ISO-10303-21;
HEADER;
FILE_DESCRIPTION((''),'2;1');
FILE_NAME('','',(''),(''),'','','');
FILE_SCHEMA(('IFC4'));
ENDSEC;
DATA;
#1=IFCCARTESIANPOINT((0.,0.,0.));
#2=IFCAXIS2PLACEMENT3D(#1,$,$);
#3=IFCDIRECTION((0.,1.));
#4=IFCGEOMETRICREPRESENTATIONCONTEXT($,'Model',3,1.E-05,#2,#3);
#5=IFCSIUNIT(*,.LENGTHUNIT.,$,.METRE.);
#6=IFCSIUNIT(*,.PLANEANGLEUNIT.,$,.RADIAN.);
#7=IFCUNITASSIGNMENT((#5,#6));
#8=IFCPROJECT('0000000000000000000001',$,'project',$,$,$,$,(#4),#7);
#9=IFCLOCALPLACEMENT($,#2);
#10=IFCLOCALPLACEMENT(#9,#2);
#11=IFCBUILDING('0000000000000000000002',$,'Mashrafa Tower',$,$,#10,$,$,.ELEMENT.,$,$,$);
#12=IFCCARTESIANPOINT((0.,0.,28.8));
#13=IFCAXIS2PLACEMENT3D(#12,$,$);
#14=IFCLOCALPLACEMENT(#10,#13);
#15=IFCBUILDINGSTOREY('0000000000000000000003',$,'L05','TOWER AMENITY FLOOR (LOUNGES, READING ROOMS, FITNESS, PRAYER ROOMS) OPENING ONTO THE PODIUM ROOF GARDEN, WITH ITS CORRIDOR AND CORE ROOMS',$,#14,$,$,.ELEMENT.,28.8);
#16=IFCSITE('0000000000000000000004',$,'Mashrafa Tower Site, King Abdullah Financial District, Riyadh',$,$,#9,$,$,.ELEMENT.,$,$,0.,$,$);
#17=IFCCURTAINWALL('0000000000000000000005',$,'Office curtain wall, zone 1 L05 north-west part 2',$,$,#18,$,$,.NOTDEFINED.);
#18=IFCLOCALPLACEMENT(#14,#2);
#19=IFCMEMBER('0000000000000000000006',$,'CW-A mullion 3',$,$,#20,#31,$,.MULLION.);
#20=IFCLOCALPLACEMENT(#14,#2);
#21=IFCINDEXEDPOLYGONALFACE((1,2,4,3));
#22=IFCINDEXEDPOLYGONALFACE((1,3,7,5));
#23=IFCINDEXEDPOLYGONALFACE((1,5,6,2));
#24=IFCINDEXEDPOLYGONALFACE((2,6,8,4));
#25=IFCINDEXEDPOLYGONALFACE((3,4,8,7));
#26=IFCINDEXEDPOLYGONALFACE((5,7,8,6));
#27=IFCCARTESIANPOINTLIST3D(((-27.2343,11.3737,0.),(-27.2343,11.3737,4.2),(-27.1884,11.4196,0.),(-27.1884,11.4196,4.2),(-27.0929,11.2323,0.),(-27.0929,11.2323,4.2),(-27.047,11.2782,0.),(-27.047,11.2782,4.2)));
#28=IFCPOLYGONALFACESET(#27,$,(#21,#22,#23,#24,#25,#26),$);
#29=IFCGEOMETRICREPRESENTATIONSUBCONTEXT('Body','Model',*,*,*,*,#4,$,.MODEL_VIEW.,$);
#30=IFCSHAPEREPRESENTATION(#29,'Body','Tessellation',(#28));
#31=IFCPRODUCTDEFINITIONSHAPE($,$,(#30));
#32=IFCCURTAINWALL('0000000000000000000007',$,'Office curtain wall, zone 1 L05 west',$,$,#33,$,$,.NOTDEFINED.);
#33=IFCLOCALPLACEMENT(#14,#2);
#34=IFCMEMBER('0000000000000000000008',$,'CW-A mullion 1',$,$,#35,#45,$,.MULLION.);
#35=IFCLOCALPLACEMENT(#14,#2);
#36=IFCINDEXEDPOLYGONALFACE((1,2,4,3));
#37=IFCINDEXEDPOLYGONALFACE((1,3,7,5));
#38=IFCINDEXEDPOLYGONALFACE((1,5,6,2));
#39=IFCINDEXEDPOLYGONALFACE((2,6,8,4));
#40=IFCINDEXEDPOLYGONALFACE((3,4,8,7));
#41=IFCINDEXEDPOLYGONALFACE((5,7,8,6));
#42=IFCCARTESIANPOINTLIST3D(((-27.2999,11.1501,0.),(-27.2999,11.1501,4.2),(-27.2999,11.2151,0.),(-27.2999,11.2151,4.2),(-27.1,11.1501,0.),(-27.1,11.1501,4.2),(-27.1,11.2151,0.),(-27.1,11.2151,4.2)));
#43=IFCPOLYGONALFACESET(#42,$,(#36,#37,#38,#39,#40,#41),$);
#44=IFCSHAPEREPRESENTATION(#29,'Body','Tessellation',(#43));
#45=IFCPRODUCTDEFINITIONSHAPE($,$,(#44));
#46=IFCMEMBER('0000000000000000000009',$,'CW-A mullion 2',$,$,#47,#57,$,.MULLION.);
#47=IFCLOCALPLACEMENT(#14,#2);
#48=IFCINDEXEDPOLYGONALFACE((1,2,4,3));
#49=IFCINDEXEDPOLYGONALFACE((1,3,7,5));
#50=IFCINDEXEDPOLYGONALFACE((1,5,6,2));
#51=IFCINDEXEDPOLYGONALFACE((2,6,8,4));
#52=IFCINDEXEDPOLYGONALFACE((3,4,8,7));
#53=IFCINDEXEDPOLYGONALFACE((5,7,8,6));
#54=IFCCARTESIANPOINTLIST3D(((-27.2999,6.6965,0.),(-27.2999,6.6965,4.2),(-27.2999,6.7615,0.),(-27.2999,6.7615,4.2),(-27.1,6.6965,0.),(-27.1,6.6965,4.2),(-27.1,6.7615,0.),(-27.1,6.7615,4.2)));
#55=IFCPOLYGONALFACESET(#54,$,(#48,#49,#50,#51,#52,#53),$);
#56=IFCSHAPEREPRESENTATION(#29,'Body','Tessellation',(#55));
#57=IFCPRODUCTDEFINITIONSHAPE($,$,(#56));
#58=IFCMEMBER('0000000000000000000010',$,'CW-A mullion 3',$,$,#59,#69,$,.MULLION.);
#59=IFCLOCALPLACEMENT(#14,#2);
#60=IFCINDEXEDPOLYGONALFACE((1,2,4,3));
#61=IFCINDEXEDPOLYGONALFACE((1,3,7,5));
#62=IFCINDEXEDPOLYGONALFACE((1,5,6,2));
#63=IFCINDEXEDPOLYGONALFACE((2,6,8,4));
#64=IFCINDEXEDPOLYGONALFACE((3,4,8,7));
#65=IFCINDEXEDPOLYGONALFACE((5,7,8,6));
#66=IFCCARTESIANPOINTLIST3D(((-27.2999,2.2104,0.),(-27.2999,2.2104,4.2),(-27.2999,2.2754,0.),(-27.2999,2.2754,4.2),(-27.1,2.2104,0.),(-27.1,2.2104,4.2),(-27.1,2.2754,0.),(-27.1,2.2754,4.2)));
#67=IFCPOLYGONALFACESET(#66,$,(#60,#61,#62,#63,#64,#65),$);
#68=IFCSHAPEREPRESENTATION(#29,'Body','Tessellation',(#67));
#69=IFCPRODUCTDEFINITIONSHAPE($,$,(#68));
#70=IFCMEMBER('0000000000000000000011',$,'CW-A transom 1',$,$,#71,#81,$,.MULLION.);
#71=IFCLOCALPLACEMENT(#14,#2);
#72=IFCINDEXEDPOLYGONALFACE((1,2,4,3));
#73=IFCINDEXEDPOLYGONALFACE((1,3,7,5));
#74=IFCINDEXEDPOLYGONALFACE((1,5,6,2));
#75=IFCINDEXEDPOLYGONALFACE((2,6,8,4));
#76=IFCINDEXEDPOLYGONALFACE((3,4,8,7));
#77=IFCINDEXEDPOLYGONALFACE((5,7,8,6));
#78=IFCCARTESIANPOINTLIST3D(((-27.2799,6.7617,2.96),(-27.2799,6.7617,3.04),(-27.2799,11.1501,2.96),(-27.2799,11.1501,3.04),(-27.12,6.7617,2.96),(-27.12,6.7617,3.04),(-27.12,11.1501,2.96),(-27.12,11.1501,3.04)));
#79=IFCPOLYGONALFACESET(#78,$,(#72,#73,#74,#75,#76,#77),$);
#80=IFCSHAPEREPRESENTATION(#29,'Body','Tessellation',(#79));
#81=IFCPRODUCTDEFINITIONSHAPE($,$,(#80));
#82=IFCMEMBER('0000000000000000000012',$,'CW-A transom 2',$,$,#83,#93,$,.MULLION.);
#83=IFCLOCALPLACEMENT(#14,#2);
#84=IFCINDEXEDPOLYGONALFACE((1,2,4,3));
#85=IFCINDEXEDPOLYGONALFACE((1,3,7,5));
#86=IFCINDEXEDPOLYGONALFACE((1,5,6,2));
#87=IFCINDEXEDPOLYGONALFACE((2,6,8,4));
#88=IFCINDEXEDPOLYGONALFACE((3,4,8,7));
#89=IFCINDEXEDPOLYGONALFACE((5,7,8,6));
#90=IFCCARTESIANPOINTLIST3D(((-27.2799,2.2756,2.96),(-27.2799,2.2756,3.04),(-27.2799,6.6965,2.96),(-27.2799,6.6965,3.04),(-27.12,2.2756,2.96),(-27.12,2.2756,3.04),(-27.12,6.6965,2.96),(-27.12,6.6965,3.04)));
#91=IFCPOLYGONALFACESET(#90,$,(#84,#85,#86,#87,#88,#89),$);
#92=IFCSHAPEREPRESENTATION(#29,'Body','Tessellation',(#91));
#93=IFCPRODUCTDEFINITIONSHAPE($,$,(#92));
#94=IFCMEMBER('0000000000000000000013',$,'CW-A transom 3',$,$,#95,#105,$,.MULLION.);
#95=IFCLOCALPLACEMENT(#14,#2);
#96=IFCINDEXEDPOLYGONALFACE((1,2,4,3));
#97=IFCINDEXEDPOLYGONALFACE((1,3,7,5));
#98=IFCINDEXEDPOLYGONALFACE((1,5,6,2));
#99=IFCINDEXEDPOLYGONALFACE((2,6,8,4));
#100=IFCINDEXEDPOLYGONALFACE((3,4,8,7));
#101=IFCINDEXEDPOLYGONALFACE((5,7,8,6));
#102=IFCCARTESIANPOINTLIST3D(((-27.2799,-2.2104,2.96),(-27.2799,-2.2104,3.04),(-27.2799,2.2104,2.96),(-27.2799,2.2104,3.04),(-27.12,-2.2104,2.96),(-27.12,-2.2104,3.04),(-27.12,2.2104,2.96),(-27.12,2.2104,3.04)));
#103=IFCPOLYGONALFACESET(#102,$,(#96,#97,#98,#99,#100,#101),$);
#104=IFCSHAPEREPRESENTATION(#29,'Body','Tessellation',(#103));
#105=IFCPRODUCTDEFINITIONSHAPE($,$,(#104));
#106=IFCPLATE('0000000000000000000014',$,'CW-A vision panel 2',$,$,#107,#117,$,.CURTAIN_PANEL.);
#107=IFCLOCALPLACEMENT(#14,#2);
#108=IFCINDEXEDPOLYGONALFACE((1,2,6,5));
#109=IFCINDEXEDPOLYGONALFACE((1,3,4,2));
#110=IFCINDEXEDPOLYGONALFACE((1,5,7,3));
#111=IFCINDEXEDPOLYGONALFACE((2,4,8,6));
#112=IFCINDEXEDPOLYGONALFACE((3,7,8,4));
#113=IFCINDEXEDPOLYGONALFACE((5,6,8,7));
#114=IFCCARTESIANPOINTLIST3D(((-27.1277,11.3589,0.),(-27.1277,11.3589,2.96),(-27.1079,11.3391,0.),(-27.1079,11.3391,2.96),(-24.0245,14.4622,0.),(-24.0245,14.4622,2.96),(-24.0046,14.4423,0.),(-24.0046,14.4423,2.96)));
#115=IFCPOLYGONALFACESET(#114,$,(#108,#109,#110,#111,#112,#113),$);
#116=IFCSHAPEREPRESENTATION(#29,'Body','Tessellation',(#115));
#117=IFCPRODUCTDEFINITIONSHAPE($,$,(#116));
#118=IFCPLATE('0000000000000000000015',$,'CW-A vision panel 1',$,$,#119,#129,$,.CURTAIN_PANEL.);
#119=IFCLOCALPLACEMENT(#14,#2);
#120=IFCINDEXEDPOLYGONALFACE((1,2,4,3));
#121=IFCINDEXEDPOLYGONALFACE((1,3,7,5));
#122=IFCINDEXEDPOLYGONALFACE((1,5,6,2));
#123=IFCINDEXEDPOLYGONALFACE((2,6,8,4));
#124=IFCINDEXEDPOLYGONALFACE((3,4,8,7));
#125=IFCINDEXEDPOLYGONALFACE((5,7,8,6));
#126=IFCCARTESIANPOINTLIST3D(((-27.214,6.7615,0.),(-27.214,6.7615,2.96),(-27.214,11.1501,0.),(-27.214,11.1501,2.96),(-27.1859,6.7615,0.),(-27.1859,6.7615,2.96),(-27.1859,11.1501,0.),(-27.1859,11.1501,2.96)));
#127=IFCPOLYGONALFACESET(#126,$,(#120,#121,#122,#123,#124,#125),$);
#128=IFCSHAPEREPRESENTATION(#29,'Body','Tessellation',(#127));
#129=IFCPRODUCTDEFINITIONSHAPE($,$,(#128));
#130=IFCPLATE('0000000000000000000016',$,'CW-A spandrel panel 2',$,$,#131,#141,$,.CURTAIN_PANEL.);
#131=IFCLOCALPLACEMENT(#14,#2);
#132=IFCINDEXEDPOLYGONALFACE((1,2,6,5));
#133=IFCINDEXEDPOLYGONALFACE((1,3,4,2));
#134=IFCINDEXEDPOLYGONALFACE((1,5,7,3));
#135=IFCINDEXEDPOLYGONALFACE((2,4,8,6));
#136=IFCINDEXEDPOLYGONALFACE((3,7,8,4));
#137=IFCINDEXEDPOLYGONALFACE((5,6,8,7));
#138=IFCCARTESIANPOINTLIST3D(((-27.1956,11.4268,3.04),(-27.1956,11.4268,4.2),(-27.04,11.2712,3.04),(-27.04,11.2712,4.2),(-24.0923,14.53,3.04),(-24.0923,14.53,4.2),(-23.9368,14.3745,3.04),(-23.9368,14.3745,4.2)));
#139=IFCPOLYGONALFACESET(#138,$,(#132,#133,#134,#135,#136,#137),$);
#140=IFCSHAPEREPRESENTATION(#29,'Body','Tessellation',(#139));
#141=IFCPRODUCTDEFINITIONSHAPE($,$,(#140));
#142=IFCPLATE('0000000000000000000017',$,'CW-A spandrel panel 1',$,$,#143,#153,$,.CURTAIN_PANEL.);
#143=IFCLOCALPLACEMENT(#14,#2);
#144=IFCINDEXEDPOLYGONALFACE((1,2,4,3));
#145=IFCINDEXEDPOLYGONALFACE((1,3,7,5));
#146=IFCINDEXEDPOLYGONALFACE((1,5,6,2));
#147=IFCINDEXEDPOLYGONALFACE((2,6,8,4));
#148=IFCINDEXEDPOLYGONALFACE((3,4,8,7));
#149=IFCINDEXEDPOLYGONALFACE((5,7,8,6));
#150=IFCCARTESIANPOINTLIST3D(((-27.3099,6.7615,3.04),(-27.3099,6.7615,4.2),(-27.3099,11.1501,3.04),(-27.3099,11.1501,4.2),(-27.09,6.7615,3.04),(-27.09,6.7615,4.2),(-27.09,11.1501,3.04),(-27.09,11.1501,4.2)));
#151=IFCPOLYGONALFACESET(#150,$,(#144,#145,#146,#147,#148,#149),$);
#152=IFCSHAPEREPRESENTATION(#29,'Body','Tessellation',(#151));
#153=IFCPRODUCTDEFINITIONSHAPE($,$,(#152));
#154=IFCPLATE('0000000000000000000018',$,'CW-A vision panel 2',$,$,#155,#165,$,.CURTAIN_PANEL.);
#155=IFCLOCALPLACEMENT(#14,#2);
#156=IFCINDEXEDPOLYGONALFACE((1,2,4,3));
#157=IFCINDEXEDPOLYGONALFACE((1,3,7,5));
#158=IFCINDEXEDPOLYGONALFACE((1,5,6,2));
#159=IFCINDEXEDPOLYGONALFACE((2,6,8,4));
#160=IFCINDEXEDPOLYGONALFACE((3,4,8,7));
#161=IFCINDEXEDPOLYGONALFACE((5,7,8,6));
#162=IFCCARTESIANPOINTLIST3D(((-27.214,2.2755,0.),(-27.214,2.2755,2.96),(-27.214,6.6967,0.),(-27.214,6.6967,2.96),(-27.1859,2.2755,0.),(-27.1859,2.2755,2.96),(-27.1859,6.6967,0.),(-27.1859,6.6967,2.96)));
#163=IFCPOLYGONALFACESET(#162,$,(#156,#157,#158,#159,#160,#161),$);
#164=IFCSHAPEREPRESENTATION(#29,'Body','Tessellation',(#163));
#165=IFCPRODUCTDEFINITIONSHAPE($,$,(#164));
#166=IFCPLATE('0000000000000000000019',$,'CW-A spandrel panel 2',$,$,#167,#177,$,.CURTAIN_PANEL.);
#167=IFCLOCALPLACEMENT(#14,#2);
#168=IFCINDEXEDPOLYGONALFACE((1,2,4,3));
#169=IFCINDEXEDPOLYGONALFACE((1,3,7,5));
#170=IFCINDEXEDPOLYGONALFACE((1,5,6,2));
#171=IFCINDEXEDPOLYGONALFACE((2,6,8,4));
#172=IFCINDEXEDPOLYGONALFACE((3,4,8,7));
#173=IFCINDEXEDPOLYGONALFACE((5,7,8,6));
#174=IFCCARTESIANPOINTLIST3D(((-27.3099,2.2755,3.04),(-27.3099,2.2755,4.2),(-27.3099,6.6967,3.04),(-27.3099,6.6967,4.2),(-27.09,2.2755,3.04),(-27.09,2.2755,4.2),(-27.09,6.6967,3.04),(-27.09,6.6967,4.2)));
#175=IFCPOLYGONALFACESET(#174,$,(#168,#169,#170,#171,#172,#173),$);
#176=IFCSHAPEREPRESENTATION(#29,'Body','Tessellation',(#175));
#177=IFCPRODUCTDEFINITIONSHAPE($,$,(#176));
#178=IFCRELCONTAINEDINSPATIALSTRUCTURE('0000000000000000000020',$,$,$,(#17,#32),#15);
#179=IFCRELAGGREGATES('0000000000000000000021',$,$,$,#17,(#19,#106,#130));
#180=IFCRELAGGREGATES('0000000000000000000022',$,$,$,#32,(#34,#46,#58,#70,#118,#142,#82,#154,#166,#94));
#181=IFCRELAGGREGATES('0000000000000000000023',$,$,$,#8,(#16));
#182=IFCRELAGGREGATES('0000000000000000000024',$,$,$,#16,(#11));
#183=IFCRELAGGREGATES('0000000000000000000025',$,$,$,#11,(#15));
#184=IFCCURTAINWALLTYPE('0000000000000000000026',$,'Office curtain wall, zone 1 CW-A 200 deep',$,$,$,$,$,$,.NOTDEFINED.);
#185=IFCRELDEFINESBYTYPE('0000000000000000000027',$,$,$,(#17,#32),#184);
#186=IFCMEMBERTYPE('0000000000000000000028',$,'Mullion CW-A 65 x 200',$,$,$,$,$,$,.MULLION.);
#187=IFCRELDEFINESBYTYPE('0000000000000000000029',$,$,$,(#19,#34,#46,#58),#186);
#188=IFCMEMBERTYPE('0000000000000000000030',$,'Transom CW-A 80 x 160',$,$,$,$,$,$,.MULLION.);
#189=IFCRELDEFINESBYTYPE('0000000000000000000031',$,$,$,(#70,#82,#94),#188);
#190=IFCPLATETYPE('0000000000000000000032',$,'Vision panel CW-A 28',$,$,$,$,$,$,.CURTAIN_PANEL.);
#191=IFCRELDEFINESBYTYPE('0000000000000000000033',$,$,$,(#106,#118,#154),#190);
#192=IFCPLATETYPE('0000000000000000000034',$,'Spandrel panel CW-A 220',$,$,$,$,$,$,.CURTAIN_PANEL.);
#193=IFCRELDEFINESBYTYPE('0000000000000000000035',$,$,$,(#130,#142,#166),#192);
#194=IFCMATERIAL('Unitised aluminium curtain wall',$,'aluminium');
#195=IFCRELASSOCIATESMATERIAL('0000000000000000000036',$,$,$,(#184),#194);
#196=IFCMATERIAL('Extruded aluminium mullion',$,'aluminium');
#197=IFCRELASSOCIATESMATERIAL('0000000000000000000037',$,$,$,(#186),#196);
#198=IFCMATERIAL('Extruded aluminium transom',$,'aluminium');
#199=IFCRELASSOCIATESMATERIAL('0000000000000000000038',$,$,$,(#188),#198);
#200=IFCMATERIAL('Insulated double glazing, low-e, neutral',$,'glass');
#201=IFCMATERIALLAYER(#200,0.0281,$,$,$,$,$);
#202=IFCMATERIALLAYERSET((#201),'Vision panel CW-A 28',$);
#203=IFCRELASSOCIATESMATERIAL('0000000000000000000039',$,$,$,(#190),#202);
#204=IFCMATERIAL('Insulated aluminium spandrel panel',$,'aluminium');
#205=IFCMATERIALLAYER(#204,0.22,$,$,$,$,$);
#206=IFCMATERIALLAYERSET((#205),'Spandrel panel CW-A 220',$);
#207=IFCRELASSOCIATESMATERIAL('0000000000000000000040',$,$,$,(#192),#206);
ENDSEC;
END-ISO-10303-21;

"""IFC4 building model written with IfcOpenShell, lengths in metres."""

from ifc_helpers import new_model, si_unit, direction, frame, origin, origin_2d, place, context, subcontext, project, spatial, rectangle, extrude, source, transform, mapped, material, layer, layer_set, material_profile, profile_set, type_object, type_shapes, element, aggregate, save


model = new_model("IFC4")

# Units and contexts
model_context = context("Model", 3, precision=1e-05, world=origin(), true_north=direction((0.0, 1.0)))
body_context = subcontext(model_context, "Body", "Model", "MODEL_VIEW")
ifc_project = project(units=[si_unit("LENGTHUNIT", "METRE"), si_unit("PLANEANGLEUNIT", "RADIAN")], contexts=[model_context])

# Site, building, storey
site_placement = place(None, origin())
site = spatial("IfcSite", under=ifc_project, at=site_placement, Name="Mashrafa Tower Site, King Abdullah Financial District, Riyadh", CompositionType="ELEMENT", RefElevation=0.0)
building_placement = place(site_placement, origin())
building = spatial("IfcBuilding", under=site, at=building_placement, Name="Mashrafa Tower", CompositionType="ELEMENT")
storey_placement = place(building_placement, frame((0.0, 0.0, 28.8)))
storey = spatial("IfcBuildingStorey", under=building, at=storey_placement, Name="L05", Description="TOWER AMENITY FLOOR (LOUNGES, READING ROOMS, FITNESS, PRAYER ROOMS) OPENING ONTO THE PODIUM ROOF GARDEN, WITH ITS CORRIDOR AND CORE ROOMS", CompositionType="ELEMENT", Elevation=28.8)

# Curtain wall, member
ifc_material_1 = material(Name="Unitised aluminium curtain wall", Category="aluminium")
curtain_wall_type = type_object("IfcCurtainWallType", Name="Office curtain wall, zone 1 CW-A 200 deep", PredefinedType="NOTDEFINED", material=ifc_material_1)
curtain_wall_1_placement = place(storey_placement, origin())
curtain_wall_1 = element("IfcCurtainWall", 1, at=curtain_wall_1_placement, inside=storey, type_object=curtain_wall_type, Name="Office curtain wall, zone 1 L05 north-west part 2", PredefinedType="NOTDEFINED")
ifc_material_2 = material(Name="Extruded aluminium mullion", Category="aluminium")
ifc_material_profile_1 = material_profile(ifc_material_2, rectangle(XDim=0.2, YDim=0.0649, at=origin_2d()), Name="Mullion 65x200")
ifc_profile_set_1 = profile_set([ifc_material_profile_1], Name="Extruded aluminium mullion")
member_type_1 = type_object("IfcMemberType", Name="Mullion CW-A 65 x 200", PredefinedType="MULLION", material=ifc_profile_set_1)
shared_shape_1 = source(origin(), body_context, "Body", "SweptSolid", [
    extrude(rectangle(XDim=0.2, YDim=0.0649, at=origin_2d()), origin(), (0.0, 0.0, 1.0), 4.2),
])
type_shapes(member_type_1, [shared_shape_1])
member_1_placement = place(storey_placement, frame((-27.1406, 11.3259, 0.0), z_axis=(0.0, 0.0, 1.0), x_axis=(0.707107, -0.707107, 0.0)))
member_1 = element("IfcMember", 2, at=member_1_placement, type_object=member_type_1, Name="CW-A mullion 3", PredefinedType="MULLION", context=body_context, shape_type="MappedRepresentation", body=[
    mapped(shared_shape_1, transform((0.0, 0.0, 0.0))),
])

# Curtain wall, members
curtain_wall_2_placement = place(storey_placement, origin())
curtain_wall_2 = element("IfcCurtainWall", 3, at=curtain_wall_2_placement, inside=storey, type_object=curtain_wall_type, Name="Office curtain wall, zone 1 L05 west", PredefinedType="NOTDEFINED")
member_2_placement = place(storey_placement, frame((-27.2, 11.1826, 0.0), z_axis=(0.0, 0.0, 1.0), x_axis=(1.0, 0.0, 0.0)))
member_2 = element("IfcMember", 4, at=member_2_placement, type_object=member_type_1, Name="CW-A mullion 1", PredefinedType="MULLION", context=body_context, shape_type="MappedRepresentation", body=[
    mapped(shared_shape_1, transform((0.0, 0.0, 0.0))),
])
member_3_placement = place(storey_placement, frame((-27.2, 6.729, 0.0), z_axis=(0.0, 0.0, 1.0), x_axis=(1.0, 0.0, 0.0)))
member_3 = element("IfcMember", 5, at=member_3_placement, type_object=member_type_1, Name="CW-A mullion 2", PredefinedType="MULLION", context=body_context, shape_type="MappedRepresentation", body=[
    mapped(shared_shape_1, transform((0.0, 0.0, 0.0))),
])
member_4_placement = place(storey_placement, frame((-27.2, 2.2429, 0.0), z_axis=(0.0, 0.0, 1.0), x_axis=(1.0, 0.0, 0.0)))
member_4 = element("IfcMember", 6, at=member_4_placement, type_object=member_type_1, Name="CW-A mullion 3", PredefinedType="MULLION", context=body_context, shape_type="MappedRepresentation", body=[
    mapped(shared_shape_1, transform((0.0, 0.0, 0.0))),
])
ifc_material_3 = material(Name="Extruded aluminium transom", Category="aluminium")
ifc_material_profile_2 = material_profile(ifc_material_3, rectangle(XDim=0.1599, YDim=0.0801, at=origin_2d()), Name="Transom 80x160")
ifc_profile_set_2 = profile_set([ifc_material_profile_2], Name="Extruded aluminium transom")
member_type_2 = type_object("IfcMemberType", Name="Transom CW-A 80 x 160", PredefinedType="MULLION", material=ifc_profile_set_2)
shared_shape_2 = source(origin(), body_context, "Body", "SweptSolid", [
    extrude(rectangle(XDim=0.1599, YDim=0.0801, at=origin_2d()), origin(), (0.0, 0.0, 1.0), 4.3884),
])
member_5_placement = place(storey_placement, frame((-27.2, 11.1501, 3.0), z_axis=(0.0, -1.0, 0.0), x_axis=(1.0, 0.0, 0.0)))
member_5 = element("IfcMember", 7, at=member_5_placement, type_object=member_type_2, Name="CW-A transom 1", PredefinedType="MULLION", context=body_context, shape_type="MappedRepresentation", body=[
    mapped(shared_shape_2, transform((0.0, 0.0, 0.0))),
])
shared_shape_3 = source(origin(), body_context, "Body", "SweptSolid", [
    extrude(rectangle(XDim=0.1599, YDim=0.0801, at=origin_2d()), origin(), (0.0, 0.0, 1.0), 4.4209),
])
type_shapes(member_type_2, [shared_shape_2, shared_shape_3])
member_6_placement = place(storey_placement, frame((-27.2, 6.6965, 3.0), z_axis=(0.0, -1.0, 0.0), x_axis=(1.0, 0.0, 0.0)))
member_6 = element("IfcMember", 8, at=member_6_placement, type_object=member_type_2, Name="CW-A transom 2", PredefinedType="MULLION", context=body_context, shape_type="MappedRepresentation", body=[
    mapped(shared_shape_3, transform((0.0, 0.0, 0.0))),
])
member_7_placement = place(storey_placement, frame((-27.2, 2.2104, 3.0), z_axis=(0.0, -1.0, 0.0), x_axis=(1.0, 0.0, 0.0)))
member_7 = element("IfcMember", 9, at=member_7_placement, type_object=member_type_2, Name="CW-A transom 3", PredefinedType="MULLION", context=body_context, shape_type="MappedRepresentation", body=[
    mapped(shared_shape_3, transform((0.0, 0.0, 0.0))),
])

# Plates
ifc_material_4 = material(Name="Insulated double glazing, low-e, neutral", Category="glass")
ifc_layer_1 = layer(ifc_material_4, 0.0281)
ifc_layer_set_1 = layer_set([ifc_layer_1], Name="Vision panel CW-A 28")
plate_type_1 = type_object("IfcPlateType", Name="Vision panel CW-A 28", PredefinedType="CURTAIN_PANEL", material=ifc_layer_set_1)
shared_shape_4 = source(origin(), body_context, "Body", "SweptSolid", [
    extrude(rectangle(XDim=4.3887, YDim=0.0281, at=origin_2d()), origin(), (0.0, 0.0, 1.0), 2.96),
])
plate_1_placement = place(storey_placement, frame((-25.5662, 12.9006, 0.0), z_axis=(0.0, 0.0, 1.0), x_axis=(-0.707107, -0.707107, 0.0)))
plate_1 = element("IfcPlate", 10, at=plate_1_placement, type_object=plate_type_1, Name="CW-A vision panel 2", PredefinedType="CURTAIN_PANEL", context=body_context, shape_type="MappedRepresentation", body=[
    mapped(shared_shape_4, transform((0.0, 0.0, 0.0))),
])
plate_2_placement = place(storey_placement, frame((-27.2, 8.9558, 0.0), z_axis=(0.0, 0.0, 1.0), x_axis=(0.0, -1.0, 0.0)))
plate_2 = element("IfcPlate", 11, at=plate_2_placement, type_object=plate_type_1, Name="CW-A vision panel 1", PredefinedType="CURTAIN_PANEL", context=body_context, shape_type="MappedRepresentation", body=[
    mapped(shared_shape_4, transform((0.0, 0.0, 0.0))),
])
ifc_material_5 = material(Name="Insulated aluminium spandrel panel", Category="aluminium")
ifc_layer_2 = layer(ifc_material_5, 0.22)
ifc_layer_set_2 = layer_set([ifc_layer_2], Name="Spandrel panel CW-A 220")
plate_type_2 = type_object("IfcPlateType", Name="Spandrel panel CW-A 220", PredefinedType="CURTAIN_PANEL", material=ifc_layer_set_2)
shared_shape_5 = source(origin(), body_context, "Body", "SweptSolid", [
    extrude(rectangle(XDim=4.3887, YDim=0.22, at=origin_2d()), origin(), (0.0, 0.0, 1.0), 1.1599),
])
plate_3_placement = place(storey_placement, frame((-25.5662, 12.9006, 3.04), z_axis=(0.0, 0.0, 1.0), x_axis=(-0.707107, -0.707107, 0.0)))
plate_3 = element("IfcPlate", 12, at=plate_3_placement, type_object=plate_type_2, Name="CW-A spandrel panel 2", PredefinedType="CURTAIN_PANEL", context=body_context, shape_type="MappedRepresentation", body=[
    mapped(shared_shape_5, transform((0.0, 0.0, 0.0))),
])
aggregate(curtain_wall_1, [member_1, plate_1, plate_3])
plate_4_placement = place(storey_placement, frame((-27.2, 8.9558, 3.04), z_axis=(0.0, 0.0, 1.0), x_axis=(0.0, -1.0, 0.0)))
plate_4 = element("IfcPlate", 13, at=plate_4_placement, type_object=plate_type_2, Name="CW-A spandrel panel 1", PredefinedType="CURTAIN_PANEL", context=body_context, shape_type="MappedRepresentation", body=[
    mapped(shared_shape_5, transform((0.0, 0.0, 0.0))),
])
shared_shape_6 = source(origin(), body_context, "Body", "SweptSolid", [
    extrude(rectangle(XDim=4.4211, YDim=0.0281, at=origin_2d()), origin(), (0.0, 0.0, 1.0), 2.96),
])
type_shapes(plate_type_1, [shared_shape_4, shared_shape_6])
plate_5_placement = place(storey_placement, frame((-27.2, 4.4861, 0.0), z_axis=(0.0, 0.0, 1.0), x_axis=(0.0, -1.0, 0.0)))
plate_5 = element("IfcPlate", 14, at=plate_5_placement, type_object=plate_type_1, Name="CW-A vision panel 2", PredefinedType="CURTAIN_PANEL", context=body_context, shape_type="MappedRepresentation", body=[
    mapped(shared_shape_6, transform((0.0, 0.0, 0.0))),
])
shared_shape_7 = source(origin(), body_context, "Body", "SweptSolid", [
    extrude(rectangle(XDim=4.4211, YDim=0.22, at=origin_2d()), origin(), (0.0, 0.0, 1.0), 1.1599),
])
type_shapes(plate_type_2, [shared_shape_5, shared_shape_7])
plate_6_placement = place(storey_placement, frame((-27.2, 4.4861, 3.04), z_axis=(0.0, 0.0, 1.0), x_axis=(0.0, -1.0, 0.0)))
plate_6 = element("IfcPlate", 15, at=plate_6_placement, type_object=plate_type_2, Name="CW-A spandrel panel 2", PredefinedType="CURTAIN_PANEL", context=body_context, shape_type="MappedRepresentation", body=[
    mapped(shared_shape_7, transform((0.0, 0.0, 0.0))),
])
aggregate(curtain_wall_2, [member_2, member_3, member_4, member_5, plate_2, plate_4, member_6, plate_5, plate_6, member_7])

save(model, "model.ifc")
